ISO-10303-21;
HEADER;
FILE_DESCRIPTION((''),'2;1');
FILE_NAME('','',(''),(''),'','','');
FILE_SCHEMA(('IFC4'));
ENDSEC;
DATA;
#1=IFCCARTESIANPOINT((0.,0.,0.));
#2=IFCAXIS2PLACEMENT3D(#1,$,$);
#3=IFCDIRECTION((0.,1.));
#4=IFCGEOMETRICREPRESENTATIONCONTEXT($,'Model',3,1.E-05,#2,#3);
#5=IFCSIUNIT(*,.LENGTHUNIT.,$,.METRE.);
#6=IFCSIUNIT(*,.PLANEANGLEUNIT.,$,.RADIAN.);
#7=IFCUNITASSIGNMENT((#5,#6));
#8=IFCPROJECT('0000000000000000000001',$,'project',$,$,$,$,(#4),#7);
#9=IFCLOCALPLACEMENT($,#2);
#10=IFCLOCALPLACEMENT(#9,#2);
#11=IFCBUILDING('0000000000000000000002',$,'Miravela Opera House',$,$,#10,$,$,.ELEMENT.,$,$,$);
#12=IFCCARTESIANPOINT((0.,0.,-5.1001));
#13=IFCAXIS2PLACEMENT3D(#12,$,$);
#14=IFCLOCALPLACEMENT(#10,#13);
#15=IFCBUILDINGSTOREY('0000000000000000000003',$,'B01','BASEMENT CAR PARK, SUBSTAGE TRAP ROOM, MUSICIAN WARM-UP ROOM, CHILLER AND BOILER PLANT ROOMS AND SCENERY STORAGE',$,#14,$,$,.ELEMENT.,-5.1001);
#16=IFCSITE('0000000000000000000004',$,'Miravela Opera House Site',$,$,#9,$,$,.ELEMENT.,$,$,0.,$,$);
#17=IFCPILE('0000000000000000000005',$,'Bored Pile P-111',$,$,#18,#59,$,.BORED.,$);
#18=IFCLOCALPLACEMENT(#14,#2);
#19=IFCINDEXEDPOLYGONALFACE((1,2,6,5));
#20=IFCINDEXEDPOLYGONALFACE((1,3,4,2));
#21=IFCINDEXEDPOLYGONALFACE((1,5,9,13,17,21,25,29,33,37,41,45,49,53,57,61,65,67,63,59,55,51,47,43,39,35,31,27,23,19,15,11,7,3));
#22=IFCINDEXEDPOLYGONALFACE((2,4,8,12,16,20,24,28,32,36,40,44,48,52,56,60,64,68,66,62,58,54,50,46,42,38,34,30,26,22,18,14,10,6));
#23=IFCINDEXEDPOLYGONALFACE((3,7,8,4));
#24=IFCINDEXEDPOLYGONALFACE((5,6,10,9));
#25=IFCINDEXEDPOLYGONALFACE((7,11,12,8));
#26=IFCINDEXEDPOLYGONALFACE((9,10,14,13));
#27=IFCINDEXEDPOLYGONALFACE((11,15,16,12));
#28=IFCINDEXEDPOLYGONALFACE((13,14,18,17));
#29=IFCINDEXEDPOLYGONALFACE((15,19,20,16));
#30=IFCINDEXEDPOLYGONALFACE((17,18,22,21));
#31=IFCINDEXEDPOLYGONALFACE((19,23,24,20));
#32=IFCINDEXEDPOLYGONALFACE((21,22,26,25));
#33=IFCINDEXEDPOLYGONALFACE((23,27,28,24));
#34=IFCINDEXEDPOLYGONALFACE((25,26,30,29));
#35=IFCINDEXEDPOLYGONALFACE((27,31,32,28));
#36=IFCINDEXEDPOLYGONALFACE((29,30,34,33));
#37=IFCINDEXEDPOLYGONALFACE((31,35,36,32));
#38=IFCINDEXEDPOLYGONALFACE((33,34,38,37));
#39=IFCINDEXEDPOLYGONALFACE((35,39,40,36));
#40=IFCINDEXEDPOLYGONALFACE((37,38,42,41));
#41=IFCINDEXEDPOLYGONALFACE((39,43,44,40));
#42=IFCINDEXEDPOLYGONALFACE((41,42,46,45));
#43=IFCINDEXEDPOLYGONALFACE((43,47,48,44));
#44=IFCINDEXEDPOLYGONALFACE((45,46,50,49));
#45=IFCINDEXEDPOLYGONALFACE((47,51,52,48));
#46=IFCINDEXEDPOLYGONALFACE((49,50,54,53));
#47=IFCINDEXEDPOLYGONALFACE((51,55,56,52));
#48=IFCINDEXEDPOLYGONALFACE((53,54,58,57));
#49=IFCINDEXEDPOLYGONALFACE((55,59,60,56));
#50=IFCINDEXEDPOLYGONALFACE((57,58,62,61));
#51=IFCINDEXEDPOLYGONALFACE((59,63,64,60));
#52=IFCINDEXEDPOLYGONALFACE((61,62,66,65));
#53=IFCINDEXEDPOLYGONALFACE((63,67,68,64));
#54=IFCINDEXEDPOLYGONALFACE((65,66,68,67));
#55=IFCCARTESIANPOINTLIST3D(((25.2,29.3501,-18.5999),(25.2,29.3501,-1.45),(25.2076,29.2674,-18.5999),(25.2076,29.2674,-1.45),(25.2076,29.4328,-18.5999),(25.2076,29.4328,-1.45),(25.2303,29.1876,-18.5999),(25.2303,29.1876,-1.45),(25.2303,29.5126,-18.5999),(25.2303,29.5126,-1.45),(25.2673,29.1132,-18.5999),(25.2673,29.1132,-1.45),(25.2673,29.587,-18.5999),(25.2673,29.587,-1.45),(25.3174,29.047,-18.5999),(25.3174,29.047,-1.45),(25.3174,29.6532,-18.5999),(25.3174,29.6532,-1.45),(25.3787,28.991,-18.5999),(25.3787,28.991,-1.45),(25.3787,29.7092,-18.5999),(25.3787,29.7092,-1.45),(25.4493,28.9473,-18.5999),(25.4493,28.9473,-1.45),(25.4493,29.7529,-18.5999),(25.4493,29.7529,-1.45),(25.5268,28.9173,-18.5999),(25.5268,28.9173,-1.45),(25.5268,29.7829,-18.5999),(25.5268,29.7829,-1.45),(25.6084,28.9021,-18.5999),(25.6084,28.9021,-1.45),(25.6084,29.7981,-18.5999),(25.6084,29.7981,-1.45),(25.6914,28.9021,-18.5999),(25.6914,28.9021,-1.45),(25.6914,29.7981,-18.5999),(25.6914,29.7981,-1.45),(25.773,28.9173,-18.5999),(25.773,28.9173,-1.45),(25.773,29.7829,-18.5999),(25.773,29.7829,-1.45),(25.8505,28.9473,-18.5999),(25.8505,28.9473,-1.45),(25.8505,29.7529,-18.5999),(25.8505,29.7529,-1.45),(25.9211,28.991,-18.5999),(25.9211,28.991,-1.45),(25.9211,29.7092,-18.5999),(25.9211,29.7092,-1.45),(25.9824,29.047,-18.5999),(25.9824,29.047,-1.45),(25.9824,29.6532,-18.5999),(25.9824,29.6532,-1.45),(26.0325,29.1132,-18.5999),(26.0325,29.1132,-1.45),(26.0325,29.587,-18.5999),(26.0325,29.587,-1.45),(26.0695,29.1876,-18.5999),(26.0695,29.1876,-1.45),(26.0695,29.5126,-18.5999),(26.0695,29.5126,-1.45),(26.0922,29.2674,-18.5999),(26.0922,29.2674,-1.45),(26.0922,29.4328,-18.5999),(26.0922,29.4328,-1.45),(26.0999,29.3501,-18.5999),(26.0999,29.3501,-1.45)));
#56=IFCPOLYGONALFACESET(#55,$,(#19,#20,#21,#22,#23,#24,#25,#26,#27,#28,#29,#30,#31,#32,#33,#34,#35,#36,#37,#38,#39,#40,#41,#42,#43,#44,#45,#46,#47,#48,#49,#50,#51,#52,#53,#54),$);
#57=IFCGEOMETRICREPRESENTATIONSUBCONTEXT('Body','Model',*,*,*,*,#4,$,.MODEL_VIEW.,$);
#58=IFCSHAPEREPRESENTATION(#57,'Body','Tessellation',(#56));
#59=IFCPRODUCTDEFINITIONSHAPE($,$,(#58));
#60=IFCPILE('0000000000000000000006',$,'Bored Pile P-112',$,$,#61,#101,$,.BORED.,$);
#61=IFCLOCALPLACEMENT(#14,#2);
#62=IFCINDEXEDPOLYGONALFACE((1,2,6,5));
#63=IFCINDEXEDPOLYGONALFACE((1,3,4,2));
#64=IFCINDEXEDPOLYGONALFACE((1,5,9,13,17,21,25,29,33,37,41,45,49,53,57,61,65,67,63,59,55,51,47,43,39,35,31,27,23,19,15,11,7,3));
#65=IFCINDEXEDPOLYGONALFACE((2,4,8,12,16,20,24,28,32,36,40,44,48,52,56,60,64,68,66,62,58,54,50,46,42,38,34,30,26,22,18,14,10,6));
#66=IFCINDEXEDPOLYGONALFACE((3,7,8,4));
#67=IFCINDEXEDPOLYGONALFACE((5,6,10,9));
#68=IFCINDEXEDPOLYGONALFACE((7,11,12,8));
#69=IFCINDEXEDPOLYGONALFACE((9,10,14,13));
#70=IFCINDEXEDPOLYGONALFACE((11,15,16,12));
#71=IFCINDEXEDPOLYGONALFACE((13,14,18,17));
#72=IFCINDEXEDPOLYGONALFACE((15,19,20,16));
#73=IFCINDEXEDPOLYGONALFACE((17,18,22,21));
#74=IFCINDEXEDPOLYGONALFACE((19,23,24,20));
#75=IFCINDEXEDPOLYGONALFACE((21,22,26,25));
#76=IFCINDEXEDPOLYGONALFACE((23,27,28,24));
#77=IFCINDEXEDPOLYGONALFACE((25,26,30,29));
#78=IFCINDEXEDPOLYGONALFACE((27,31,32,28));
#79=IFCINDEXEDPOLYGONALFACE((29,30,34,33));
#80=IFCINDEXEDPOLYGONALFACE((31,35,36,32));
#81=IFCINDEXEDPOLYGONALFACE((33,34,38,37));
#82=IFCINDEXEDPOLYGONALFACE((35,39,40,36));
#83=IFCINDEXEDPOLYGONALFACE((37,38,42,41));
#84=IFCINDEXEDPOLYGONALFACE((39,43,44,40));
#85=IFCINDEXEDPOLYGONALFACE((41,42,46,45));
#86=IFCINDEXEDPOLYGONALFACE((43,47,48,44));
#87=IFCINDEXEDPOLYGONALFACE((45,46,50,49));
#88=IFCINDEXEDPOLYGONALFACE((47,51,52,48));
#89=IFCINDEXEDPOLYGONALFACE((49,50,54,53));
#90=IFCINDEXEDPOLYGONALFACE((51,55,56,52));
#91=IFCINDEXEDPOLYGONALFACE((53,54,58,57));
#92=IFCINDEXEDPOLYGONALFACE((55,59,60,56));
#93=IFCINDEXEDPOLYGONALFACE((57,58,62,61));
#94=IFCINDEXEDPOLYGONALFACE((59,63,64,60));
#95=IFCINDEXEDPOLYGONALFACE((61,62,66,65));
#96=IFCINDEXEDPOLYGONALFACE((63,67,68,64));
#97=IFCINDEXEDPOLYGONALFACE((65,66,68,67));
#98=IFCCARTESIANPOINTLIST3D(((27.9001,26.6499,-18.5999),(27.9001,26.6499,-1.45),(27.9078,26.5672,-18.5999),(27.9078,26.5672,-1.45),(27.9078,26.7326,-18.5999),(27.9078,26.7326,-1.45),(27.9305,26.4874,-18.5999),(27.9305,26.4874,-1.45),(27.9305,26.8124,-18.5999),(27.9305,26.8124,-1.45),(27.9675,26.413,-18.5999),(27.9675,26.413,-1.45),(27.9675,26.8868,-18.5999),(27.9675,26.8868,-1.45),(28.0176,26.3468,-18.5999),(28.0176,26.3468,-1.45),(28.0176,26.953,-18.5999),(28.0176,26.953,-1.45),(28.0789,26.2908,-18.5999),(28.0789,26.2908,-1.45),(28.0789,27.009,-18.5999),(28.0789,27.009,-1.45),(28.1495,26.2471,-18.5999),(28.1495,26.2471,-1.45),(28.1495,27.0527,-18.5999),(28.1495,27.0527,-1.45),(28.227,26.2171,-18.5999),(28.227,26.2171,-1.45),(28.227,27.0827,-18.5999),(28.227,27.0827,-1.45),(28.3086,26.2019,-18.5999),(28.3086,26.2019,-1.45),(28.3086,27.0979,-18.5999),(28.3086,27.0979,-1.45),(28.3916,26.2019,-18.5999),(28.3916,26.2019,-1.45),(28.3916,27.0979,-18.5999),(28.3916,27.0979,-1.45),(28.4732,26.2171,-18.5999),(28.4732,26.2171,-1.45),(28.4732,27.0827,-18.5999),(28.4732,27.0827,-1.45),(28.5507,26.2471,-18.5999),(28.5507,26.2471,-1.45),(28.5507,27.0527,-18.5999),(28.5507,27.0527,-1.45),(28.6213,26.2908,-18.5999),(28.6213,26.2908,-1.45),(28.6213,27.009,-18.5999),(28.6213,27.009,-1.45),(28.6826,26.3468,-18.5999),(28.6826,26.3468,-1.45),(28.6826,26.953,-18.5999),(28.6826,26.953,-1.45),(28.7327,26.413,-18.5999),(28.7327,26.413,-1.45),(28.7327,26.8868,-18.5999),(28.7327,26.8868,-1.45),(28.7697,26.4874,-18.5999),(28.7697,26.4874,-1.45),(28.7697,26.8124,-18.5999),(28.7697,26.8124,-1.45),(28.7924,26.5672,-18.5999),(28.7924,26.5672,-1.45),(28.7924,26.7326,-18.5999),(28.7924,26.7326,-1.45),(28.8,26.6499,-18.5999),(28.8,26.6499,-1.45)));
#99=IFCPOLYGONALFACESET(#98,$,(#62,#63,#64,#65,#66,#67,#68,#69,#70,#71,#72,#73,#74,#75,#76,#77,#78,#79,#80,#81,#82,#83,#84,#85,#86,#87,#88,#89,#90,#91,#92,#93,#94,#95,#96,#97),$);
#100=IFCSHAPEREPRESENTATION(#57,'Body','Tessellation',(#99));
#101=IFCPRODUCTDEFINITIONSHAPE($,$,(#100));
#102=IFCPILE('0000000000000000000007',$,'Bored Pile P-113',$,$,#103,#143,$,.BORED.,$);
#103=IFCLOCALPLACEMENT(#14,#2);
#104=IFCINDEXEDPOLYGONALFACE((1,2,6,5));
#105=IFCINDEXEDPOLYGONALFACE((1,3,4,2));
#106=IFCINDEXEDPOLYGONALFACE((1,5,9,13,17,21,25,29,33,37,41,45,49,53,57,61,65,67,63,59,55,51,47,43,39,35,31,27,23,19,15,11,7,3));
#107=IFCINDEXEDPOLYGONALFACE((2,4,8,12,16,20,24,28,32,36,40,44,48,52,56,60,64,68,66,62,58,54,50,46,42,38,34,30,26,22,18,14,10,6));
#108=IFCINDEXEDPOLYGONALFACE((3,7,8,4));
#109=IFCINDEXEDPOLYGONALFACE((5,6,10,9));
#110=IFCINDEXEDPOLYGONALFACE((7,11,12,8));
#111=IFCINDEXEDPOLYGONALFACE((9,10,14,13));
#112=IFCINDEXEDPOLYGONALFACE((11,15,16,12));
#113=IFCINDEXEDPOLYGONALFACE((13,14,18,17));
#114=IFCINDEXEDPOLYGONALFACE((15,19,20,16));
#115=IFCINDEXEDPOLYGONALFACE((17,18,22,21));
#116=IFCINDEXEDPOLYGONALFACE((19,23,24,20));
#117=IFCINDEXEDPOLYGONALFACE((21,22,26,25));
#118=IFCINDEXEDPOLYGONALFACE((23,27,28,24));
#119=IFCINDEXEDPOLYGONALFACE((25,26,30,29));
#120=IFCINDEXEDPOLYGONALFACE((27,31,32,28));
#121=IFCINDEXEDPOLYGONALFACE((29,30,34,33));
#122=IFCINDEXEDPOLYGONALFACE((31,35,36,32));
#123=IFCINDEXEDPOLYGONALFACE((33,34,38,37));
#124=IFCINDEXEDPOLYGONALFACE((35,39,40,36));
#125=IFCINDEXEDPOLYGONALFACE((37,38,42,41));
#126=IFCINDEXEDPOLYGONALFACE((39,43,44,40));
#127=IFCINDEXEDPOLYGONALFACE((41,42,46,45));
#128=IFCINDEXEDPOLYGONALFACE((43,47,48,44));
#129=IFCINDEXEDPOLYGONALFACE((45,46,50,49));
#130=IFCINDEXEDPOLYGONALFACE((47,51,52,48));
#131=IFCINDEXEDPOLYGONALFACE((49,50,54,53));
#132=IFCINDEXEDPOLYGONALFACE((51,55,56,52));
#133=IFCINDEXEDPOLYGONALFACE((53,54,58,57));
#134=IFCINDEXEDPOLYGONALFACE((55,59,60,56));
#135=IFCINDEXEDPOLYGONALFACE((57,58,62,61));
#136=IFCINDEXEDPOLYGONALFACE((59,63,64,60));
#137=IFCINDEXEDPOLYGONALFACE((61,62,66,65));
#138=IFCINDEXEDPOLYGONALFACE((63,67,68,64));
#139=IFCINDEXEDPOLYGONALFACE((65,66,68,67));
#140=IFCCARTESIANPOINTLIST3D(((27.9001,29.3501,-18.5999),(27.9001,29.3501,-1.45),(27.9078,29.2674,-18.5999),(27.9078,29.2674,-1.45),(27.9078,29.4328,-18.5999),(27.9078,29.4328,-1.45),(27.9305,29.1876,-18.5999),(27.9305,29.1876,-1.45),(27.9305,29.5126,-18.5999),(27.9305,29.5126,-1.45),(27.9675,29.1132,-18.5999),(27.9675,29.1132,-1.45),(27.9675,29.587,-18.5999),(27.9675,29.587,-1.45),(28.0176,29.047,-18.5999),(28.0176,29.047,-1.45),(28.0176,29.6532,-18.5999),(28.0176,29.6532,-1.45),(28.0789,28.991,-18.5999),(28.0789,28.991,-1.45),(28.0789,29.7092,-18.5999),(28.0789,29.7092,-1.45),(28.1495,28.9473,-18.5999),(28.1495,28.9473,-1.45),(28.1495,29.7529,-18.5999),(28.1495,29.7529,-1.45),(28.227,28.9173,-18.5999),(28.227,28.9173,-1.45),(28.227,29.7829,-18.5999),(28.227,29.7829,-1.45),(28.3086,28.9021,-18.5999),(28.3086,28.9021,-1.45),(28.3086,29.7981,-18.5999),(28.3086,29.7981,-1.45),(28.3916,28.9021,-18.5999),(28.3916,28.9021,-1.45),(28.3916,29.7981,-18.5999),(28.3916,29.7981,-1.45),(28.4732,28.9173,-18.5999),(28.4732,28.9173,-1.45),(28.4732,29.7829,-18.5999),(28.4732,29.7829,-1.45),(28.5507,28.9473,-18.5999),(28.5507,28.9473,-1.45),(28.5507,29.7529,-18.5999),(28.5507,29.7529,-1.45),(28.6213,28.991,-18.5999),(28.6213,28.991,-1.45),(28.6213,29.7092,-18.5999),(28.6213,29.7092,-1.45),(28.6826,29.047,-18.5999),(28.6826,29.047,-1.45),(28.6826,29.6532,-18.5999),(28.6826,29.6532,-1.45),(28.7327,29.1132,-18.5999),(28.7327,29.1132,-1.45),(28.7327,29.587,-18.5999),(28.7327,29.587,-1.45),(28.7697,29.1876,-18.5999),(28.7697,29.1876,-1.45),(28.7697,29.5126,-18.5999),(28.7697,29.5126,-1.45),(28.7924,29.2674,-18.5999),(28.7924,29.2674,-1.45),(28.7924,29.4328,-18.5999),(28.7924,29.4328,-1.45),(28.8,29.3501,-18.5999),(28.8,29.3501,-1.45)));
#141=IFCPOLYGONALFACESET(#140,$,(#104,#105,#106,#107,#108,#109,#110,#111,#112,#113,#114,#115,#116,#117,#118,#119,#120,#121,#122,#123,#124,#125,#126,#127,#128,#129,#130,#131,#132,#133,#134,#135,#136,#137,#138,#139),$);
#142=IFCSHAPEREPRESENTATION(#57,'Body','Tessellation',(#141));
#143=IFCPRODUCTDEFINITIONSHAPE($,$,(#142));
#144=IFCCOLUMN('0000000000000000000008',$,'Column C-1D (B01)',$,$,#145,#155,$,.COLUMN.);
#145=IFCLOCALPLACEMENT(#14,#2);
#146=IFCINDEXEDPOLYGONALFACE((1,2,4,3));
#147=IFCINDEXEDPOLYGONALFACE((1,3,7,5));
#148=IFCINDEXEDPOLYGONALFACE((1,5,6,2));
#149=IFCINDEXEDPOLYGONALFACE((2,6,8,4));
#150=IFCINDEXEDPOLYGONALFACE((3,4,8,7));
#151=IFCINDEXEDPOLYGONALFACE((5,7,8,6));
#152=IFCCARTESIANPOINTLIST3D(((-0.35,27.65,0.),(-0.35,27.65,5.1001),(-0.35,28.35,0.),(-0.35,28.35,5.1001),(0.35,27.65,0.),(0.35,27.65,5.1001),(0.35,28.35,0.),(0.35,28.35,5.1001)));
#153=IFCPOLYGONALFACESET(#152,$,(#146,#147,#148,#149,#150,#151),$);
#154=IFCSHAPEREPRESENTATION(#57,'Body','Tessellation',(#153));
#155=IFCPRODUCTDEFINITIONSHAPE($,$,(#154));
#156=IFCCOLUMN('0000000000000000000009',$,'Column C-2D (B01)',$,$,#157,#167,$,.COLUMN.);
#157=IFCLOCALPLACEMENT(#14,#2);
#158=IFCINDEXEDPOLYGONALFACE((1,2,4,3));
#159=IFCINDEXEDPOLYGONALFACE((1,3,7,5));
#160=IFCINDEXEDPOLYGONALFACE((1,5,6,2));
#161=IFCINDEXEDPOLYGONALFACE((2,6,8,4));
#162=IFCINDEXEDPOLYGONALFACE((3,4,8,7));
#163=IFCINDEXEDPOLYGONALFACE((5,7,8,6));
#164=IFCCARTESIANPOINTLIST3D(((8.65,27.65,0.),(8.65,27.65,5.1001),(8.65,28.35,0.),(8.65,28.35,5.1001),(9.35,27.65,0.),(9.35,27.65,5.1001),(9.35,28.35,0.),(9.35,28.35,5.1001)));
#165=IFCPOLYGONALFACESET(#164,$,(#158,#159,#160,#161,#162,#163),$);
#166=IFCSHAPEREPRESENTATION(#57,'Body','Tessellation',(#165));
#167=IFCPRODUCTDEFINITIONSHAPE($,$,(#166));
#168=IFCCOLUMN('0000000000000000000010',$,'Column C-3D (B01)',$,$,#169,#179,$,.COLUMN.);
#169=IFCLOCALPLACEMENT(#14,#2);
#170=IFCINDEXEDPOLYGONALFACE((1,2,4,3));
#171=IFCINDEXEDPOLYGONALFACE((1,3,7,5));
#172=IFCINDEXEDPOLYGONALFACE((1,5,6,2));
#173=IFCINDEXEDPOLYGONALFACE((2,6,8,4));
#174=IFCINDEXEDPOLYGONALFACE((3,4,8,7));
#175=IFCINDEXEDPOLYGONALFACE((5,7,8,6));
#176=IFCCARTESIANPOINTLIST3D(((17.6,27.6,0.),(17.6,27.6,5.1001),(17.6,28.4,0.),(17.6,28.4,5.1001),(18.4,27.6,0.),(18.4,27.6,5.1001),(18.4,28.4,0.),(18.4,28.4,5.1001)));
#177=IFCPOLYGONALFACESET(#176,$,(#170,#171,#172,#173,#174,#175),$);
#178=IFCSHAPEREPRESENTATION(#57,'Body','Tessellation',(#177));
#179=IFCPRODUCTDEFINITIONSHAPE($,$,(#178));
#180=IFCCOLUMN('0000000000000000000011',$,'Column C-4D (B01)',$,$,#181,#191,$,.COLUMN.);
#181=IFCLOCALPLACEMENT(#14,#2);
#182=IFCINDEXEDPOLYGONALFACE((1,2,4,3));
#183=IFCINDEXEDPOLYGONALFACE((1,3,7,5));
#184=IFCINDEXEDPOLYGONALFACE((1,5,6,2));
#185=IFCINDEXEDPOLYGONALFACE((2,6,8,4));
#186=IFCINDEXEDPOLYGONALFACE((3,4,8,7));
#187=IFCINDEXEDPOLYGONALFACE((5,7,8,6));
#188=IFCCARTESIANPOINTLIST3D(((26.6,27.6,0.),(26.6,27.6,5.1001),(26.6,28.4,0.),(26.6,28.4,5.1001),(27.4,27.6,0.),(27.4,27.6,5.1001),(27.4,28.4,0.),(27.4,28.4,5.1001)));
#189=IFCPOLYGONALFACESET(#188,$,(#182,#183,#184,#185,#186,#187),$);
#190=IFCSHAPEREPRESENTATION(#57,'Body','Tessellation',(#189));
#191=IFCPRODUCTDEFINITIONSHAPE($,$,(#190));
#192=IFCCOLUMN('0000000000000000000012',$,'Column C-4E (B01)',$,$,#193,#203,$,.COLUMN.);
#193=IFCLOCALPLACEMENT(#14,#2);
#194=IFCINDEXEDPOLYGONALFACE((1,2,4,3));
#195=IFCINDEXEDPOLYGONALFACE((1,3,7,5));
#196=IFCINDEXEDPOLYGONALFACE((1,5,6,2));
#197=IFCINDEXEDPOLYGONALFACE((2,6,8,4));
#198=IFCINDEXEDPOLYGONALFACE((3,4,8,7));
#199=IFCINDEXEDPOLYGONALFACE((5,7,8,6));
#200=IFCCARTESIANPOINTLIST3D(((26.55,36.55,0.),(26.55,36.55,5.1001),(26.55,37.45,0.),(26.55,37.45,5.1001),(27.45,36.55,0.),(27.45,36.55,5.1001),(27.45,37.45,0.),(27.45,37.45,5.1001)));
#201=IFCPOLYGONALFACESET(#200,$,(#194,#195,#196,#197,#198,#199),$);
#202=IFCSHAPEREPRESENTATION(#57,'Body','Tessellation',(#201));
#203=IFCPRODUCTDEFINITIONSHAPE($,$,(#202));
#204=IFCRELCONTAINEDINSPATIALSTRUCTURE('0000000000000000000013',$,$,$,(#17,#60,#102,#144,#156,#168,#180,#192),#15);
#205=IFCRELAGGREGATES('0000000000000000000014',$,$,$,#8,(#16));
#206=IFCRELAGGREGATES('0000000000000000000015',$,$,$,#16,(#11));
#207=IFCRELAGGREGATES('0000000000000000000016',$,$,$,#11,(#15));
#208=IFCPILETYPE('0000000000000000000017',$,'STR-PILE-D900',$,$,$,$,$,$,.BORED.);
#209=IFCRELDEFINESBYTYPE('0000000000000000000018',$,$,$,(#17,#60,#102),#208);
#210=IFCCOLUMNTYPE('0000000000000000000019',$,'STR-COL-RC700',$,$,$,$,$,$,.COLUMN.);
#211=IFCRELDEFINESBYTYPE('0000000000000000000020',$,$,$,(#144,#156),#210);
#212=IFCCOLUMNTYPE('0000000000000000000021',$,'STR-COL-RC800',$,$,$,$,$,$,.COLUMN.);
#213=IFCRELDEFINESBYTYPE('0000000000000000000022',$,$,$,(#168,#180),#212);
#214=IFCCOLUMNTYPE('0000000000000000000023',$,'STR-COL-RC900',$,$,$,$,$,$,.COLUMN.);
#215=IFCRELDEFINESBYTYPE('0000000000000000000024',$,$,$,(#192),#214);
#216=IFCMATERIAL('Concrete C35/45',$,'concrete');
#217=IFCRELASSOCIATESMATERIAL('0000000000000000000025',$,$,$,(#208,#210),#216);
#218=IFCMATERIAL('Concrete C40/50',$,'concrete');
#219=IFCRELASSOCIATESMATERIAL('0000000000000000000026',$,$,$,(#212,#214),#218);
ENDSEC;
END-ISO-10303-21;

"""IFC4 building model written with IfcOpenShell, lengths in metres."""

from ifc_helpers import new_model, si_unit, direction, frame, origin, origin_2d, place, context, subcontext, project, spatial, rectangle, circle, extrude, material, material_profile, profile_set, type_object, element, save


model = new_model("IFC4")

# Units and contexts
model_context = context("Model", 3, precision=1e-05, world=origin(), true_north=direction((0.0, 1.0)))
body_context = subcontext(model_context, "Body", "Model", "MODEL_VIEW")
ifc_project = project(units=[si_unit("LENGTHUNIT", "METRE"), si_unit("PLANEANGLEUNIT", "RADIAN")], contexts=[model_context])

# Site, building, storey
site_placement = place(None, origin())
site = spatial("IfcSite", under=ifc_project, at=site_placement, Name="Miravela Opera House Site", CompositionType="ELEMENT", RefElevation=0.0)
building_placement = place(site_placement, origin())
building = spatial("IfcBuilding", under=site, at=building_placement, Name="Miravela Opera House", CompositionType="ELEMENT")
storey_placement = place(building_placement, frame((0.0, 0.0, -5.1001)))
storey = spatial("IfcBuildingStorey", under=building, at=storey_placement, Name="B01", Description="BASEMENT CAR PARK, SUBSTAGE TRAP ROOM, MUSICIAN WARM-UP ROOM, CHILLER AND BOILER PLANT ROOMS AND SCENERY STORAGE", CompositionType="ELEMENT", Elevation=-5.1001)

# Shared definitions
ifc_material_1 = material(Name="Concrete C35/45", Category="concrete")

# Piles
ifc_material_profile_1 = material_profile(ifc_material_1, circle(Radius=0.45, at=origin_2d()), Name="PILE-D900")
ifc_profile_set_1 = profile_set([ifc_material_profile_1])
pile_type_1 = type_object("IfcPileType", Name="STR-PILE-D900", PredefinedType="BORED", material=ifc_profile_set_1)
for number, where, z_axis, x_axis, name in (
    (1, (25.6499, 29.3501, -1.45), (0.0, 0.0, -1.0), (1.0, 0.0, 0.0), "Bored Pile P-111"),
    (2, (28.3501, 26.6499, -1.45), (0.0, 0.0, -1.0), (1.0, 0.0, 0.0), "Bored Pile P-112"),
    (3, (28.3501, 29.3501, -1.45), (0.0, 0.0, -1.0), (1.0, 0.0, 0.0), "Bored Pile P-113"),
):
    element("IfcPile", number, at=place(storey_placement, frame(where, z_axis=z_axis, x_axis=x_axis)), inside=storey, type_object=pile_type_1, Name=name, PredefinedType="BORED", context=body_context, shape_type="SweptSolid", body=[
        extrude(circle(Radius=0.45, at=origin_2d()), origin(), (0.0, 0.0, 1.0), 17.1499),
    ])

# Columns
ifc_material_profile_2 = material_profile(ifc_material_1, rectangle(XDim=0.7, YDim=0.7, at=origin_2d()), Name="RC-COL-700X700")
ifc_profile_set_2 = profile_set([ifc_material_profile_2])
column_type_1 = type_object("IfcColumnType", Name="STR-COL-RC700", PredefinedType="COLUMN", material=ifc_profile_set_2)
for number, where, z_axis, x_axis, name in (
    (4, (0.0, 28.0, 0.0), (0.0, 0.0, 1.0), (1.0, 0.0, 0.0), "Column C-1D (B01)"),
    (5, (9.0, 28.0, 0.0), (0.0, 0.0, 1.0), (1.0, 0.0, 0.0), "Column C-2D (B01)"),
):
    element("IfcColumn", number, at=place(storey_placement, frame(where, z_axis=z_axis, x_axis=x_axis)), inside=storey, type_object=column_type_1, Name=name, PredefinedType="COLUMN", context=body_context, shape_type="SweptSolid", body=[
        extrude(rectangle(XDim=0.7, YDim=0.7, at=origin_2d()), origin(), (0.0, 0.0, 1.0), 5.1001),
    ])
ifc_material_2 = material(Name="Concrete C40/50", Category="concrete")
ifc_material_profile_3 = material_profile(ifc_material_2, rectangle(XDim=0.8, YDim=0.8, at=origin_2d()), Name="RC-COL-800X800")
ifc_profile_set_3 = profile_set([ifc_material_profile_3])
column_type_2 = type_object("IfcColumnType", Name="STR-COL-RC800", PredefinedType="COLUMN", material=ifc_profile_set_3)
for number, where, z_axis, x_axis, name in (
    (6, (18.0, 28.0, 0.0), (0.0, 0.0, 1.0), (1.0, 0.0, 0.0), "Column C-3D (B01)"),
    (7, (27.0, 28.0, 0.0), (0.0, 0.0, 1.0), (1.0, 0.0, 0.0), "Column C-4D (B01)"),
):
    element("IfcColumn", number, at=place(storey_placement, frame(where, z_axis=z_axis, x_axis=x_axis)), inside=storey, type_object=column_type_2, Name=name, PredefinedType="COLUMN", context=body_context, shape_type="SweptSolid", body=[
        extrude(rectangle(XDim=0.8, YDim=0.8, at=origin_2d()), origin(), (0.0, 0.0, 1.0), 5.1001),
    ])
ifc_material_profile_4 = material_profile(ifc_material_2, rectangle(XDim=0.8999, YDim=0.8999, at=origin_2d()), Name="RC-COL-900X900")
ifc_profile_set_4 = profile_set([ifc_material_profile_4])
column_type_3 = type_object("IfcColumnType", Name="STR-COL-RC900", PredefinedType="COLUMN", material=ifc_profile_set_4)
column_placement = place(storey_placement, frame((27.0, 37.0, 0.0), z_axis=(0.0, 0.0, 1.0), x_axis=(1.0, 0.0, 0.0)))
element("IfcColumn", 8, at=column_placement, inside=storey, type_object=column_type_3, Name="Column C-4E (B01)", PredefinedType="COLUMN", context=body_context, shape_type="SweptSolid", body=[
    extrude(rectangle(XDim=0.8999, YDim=0.8999, at=origin_2d()), origin(), (0.0, 0.0, 1.0), 5.1001),
])

save(model, "model.ifc")
